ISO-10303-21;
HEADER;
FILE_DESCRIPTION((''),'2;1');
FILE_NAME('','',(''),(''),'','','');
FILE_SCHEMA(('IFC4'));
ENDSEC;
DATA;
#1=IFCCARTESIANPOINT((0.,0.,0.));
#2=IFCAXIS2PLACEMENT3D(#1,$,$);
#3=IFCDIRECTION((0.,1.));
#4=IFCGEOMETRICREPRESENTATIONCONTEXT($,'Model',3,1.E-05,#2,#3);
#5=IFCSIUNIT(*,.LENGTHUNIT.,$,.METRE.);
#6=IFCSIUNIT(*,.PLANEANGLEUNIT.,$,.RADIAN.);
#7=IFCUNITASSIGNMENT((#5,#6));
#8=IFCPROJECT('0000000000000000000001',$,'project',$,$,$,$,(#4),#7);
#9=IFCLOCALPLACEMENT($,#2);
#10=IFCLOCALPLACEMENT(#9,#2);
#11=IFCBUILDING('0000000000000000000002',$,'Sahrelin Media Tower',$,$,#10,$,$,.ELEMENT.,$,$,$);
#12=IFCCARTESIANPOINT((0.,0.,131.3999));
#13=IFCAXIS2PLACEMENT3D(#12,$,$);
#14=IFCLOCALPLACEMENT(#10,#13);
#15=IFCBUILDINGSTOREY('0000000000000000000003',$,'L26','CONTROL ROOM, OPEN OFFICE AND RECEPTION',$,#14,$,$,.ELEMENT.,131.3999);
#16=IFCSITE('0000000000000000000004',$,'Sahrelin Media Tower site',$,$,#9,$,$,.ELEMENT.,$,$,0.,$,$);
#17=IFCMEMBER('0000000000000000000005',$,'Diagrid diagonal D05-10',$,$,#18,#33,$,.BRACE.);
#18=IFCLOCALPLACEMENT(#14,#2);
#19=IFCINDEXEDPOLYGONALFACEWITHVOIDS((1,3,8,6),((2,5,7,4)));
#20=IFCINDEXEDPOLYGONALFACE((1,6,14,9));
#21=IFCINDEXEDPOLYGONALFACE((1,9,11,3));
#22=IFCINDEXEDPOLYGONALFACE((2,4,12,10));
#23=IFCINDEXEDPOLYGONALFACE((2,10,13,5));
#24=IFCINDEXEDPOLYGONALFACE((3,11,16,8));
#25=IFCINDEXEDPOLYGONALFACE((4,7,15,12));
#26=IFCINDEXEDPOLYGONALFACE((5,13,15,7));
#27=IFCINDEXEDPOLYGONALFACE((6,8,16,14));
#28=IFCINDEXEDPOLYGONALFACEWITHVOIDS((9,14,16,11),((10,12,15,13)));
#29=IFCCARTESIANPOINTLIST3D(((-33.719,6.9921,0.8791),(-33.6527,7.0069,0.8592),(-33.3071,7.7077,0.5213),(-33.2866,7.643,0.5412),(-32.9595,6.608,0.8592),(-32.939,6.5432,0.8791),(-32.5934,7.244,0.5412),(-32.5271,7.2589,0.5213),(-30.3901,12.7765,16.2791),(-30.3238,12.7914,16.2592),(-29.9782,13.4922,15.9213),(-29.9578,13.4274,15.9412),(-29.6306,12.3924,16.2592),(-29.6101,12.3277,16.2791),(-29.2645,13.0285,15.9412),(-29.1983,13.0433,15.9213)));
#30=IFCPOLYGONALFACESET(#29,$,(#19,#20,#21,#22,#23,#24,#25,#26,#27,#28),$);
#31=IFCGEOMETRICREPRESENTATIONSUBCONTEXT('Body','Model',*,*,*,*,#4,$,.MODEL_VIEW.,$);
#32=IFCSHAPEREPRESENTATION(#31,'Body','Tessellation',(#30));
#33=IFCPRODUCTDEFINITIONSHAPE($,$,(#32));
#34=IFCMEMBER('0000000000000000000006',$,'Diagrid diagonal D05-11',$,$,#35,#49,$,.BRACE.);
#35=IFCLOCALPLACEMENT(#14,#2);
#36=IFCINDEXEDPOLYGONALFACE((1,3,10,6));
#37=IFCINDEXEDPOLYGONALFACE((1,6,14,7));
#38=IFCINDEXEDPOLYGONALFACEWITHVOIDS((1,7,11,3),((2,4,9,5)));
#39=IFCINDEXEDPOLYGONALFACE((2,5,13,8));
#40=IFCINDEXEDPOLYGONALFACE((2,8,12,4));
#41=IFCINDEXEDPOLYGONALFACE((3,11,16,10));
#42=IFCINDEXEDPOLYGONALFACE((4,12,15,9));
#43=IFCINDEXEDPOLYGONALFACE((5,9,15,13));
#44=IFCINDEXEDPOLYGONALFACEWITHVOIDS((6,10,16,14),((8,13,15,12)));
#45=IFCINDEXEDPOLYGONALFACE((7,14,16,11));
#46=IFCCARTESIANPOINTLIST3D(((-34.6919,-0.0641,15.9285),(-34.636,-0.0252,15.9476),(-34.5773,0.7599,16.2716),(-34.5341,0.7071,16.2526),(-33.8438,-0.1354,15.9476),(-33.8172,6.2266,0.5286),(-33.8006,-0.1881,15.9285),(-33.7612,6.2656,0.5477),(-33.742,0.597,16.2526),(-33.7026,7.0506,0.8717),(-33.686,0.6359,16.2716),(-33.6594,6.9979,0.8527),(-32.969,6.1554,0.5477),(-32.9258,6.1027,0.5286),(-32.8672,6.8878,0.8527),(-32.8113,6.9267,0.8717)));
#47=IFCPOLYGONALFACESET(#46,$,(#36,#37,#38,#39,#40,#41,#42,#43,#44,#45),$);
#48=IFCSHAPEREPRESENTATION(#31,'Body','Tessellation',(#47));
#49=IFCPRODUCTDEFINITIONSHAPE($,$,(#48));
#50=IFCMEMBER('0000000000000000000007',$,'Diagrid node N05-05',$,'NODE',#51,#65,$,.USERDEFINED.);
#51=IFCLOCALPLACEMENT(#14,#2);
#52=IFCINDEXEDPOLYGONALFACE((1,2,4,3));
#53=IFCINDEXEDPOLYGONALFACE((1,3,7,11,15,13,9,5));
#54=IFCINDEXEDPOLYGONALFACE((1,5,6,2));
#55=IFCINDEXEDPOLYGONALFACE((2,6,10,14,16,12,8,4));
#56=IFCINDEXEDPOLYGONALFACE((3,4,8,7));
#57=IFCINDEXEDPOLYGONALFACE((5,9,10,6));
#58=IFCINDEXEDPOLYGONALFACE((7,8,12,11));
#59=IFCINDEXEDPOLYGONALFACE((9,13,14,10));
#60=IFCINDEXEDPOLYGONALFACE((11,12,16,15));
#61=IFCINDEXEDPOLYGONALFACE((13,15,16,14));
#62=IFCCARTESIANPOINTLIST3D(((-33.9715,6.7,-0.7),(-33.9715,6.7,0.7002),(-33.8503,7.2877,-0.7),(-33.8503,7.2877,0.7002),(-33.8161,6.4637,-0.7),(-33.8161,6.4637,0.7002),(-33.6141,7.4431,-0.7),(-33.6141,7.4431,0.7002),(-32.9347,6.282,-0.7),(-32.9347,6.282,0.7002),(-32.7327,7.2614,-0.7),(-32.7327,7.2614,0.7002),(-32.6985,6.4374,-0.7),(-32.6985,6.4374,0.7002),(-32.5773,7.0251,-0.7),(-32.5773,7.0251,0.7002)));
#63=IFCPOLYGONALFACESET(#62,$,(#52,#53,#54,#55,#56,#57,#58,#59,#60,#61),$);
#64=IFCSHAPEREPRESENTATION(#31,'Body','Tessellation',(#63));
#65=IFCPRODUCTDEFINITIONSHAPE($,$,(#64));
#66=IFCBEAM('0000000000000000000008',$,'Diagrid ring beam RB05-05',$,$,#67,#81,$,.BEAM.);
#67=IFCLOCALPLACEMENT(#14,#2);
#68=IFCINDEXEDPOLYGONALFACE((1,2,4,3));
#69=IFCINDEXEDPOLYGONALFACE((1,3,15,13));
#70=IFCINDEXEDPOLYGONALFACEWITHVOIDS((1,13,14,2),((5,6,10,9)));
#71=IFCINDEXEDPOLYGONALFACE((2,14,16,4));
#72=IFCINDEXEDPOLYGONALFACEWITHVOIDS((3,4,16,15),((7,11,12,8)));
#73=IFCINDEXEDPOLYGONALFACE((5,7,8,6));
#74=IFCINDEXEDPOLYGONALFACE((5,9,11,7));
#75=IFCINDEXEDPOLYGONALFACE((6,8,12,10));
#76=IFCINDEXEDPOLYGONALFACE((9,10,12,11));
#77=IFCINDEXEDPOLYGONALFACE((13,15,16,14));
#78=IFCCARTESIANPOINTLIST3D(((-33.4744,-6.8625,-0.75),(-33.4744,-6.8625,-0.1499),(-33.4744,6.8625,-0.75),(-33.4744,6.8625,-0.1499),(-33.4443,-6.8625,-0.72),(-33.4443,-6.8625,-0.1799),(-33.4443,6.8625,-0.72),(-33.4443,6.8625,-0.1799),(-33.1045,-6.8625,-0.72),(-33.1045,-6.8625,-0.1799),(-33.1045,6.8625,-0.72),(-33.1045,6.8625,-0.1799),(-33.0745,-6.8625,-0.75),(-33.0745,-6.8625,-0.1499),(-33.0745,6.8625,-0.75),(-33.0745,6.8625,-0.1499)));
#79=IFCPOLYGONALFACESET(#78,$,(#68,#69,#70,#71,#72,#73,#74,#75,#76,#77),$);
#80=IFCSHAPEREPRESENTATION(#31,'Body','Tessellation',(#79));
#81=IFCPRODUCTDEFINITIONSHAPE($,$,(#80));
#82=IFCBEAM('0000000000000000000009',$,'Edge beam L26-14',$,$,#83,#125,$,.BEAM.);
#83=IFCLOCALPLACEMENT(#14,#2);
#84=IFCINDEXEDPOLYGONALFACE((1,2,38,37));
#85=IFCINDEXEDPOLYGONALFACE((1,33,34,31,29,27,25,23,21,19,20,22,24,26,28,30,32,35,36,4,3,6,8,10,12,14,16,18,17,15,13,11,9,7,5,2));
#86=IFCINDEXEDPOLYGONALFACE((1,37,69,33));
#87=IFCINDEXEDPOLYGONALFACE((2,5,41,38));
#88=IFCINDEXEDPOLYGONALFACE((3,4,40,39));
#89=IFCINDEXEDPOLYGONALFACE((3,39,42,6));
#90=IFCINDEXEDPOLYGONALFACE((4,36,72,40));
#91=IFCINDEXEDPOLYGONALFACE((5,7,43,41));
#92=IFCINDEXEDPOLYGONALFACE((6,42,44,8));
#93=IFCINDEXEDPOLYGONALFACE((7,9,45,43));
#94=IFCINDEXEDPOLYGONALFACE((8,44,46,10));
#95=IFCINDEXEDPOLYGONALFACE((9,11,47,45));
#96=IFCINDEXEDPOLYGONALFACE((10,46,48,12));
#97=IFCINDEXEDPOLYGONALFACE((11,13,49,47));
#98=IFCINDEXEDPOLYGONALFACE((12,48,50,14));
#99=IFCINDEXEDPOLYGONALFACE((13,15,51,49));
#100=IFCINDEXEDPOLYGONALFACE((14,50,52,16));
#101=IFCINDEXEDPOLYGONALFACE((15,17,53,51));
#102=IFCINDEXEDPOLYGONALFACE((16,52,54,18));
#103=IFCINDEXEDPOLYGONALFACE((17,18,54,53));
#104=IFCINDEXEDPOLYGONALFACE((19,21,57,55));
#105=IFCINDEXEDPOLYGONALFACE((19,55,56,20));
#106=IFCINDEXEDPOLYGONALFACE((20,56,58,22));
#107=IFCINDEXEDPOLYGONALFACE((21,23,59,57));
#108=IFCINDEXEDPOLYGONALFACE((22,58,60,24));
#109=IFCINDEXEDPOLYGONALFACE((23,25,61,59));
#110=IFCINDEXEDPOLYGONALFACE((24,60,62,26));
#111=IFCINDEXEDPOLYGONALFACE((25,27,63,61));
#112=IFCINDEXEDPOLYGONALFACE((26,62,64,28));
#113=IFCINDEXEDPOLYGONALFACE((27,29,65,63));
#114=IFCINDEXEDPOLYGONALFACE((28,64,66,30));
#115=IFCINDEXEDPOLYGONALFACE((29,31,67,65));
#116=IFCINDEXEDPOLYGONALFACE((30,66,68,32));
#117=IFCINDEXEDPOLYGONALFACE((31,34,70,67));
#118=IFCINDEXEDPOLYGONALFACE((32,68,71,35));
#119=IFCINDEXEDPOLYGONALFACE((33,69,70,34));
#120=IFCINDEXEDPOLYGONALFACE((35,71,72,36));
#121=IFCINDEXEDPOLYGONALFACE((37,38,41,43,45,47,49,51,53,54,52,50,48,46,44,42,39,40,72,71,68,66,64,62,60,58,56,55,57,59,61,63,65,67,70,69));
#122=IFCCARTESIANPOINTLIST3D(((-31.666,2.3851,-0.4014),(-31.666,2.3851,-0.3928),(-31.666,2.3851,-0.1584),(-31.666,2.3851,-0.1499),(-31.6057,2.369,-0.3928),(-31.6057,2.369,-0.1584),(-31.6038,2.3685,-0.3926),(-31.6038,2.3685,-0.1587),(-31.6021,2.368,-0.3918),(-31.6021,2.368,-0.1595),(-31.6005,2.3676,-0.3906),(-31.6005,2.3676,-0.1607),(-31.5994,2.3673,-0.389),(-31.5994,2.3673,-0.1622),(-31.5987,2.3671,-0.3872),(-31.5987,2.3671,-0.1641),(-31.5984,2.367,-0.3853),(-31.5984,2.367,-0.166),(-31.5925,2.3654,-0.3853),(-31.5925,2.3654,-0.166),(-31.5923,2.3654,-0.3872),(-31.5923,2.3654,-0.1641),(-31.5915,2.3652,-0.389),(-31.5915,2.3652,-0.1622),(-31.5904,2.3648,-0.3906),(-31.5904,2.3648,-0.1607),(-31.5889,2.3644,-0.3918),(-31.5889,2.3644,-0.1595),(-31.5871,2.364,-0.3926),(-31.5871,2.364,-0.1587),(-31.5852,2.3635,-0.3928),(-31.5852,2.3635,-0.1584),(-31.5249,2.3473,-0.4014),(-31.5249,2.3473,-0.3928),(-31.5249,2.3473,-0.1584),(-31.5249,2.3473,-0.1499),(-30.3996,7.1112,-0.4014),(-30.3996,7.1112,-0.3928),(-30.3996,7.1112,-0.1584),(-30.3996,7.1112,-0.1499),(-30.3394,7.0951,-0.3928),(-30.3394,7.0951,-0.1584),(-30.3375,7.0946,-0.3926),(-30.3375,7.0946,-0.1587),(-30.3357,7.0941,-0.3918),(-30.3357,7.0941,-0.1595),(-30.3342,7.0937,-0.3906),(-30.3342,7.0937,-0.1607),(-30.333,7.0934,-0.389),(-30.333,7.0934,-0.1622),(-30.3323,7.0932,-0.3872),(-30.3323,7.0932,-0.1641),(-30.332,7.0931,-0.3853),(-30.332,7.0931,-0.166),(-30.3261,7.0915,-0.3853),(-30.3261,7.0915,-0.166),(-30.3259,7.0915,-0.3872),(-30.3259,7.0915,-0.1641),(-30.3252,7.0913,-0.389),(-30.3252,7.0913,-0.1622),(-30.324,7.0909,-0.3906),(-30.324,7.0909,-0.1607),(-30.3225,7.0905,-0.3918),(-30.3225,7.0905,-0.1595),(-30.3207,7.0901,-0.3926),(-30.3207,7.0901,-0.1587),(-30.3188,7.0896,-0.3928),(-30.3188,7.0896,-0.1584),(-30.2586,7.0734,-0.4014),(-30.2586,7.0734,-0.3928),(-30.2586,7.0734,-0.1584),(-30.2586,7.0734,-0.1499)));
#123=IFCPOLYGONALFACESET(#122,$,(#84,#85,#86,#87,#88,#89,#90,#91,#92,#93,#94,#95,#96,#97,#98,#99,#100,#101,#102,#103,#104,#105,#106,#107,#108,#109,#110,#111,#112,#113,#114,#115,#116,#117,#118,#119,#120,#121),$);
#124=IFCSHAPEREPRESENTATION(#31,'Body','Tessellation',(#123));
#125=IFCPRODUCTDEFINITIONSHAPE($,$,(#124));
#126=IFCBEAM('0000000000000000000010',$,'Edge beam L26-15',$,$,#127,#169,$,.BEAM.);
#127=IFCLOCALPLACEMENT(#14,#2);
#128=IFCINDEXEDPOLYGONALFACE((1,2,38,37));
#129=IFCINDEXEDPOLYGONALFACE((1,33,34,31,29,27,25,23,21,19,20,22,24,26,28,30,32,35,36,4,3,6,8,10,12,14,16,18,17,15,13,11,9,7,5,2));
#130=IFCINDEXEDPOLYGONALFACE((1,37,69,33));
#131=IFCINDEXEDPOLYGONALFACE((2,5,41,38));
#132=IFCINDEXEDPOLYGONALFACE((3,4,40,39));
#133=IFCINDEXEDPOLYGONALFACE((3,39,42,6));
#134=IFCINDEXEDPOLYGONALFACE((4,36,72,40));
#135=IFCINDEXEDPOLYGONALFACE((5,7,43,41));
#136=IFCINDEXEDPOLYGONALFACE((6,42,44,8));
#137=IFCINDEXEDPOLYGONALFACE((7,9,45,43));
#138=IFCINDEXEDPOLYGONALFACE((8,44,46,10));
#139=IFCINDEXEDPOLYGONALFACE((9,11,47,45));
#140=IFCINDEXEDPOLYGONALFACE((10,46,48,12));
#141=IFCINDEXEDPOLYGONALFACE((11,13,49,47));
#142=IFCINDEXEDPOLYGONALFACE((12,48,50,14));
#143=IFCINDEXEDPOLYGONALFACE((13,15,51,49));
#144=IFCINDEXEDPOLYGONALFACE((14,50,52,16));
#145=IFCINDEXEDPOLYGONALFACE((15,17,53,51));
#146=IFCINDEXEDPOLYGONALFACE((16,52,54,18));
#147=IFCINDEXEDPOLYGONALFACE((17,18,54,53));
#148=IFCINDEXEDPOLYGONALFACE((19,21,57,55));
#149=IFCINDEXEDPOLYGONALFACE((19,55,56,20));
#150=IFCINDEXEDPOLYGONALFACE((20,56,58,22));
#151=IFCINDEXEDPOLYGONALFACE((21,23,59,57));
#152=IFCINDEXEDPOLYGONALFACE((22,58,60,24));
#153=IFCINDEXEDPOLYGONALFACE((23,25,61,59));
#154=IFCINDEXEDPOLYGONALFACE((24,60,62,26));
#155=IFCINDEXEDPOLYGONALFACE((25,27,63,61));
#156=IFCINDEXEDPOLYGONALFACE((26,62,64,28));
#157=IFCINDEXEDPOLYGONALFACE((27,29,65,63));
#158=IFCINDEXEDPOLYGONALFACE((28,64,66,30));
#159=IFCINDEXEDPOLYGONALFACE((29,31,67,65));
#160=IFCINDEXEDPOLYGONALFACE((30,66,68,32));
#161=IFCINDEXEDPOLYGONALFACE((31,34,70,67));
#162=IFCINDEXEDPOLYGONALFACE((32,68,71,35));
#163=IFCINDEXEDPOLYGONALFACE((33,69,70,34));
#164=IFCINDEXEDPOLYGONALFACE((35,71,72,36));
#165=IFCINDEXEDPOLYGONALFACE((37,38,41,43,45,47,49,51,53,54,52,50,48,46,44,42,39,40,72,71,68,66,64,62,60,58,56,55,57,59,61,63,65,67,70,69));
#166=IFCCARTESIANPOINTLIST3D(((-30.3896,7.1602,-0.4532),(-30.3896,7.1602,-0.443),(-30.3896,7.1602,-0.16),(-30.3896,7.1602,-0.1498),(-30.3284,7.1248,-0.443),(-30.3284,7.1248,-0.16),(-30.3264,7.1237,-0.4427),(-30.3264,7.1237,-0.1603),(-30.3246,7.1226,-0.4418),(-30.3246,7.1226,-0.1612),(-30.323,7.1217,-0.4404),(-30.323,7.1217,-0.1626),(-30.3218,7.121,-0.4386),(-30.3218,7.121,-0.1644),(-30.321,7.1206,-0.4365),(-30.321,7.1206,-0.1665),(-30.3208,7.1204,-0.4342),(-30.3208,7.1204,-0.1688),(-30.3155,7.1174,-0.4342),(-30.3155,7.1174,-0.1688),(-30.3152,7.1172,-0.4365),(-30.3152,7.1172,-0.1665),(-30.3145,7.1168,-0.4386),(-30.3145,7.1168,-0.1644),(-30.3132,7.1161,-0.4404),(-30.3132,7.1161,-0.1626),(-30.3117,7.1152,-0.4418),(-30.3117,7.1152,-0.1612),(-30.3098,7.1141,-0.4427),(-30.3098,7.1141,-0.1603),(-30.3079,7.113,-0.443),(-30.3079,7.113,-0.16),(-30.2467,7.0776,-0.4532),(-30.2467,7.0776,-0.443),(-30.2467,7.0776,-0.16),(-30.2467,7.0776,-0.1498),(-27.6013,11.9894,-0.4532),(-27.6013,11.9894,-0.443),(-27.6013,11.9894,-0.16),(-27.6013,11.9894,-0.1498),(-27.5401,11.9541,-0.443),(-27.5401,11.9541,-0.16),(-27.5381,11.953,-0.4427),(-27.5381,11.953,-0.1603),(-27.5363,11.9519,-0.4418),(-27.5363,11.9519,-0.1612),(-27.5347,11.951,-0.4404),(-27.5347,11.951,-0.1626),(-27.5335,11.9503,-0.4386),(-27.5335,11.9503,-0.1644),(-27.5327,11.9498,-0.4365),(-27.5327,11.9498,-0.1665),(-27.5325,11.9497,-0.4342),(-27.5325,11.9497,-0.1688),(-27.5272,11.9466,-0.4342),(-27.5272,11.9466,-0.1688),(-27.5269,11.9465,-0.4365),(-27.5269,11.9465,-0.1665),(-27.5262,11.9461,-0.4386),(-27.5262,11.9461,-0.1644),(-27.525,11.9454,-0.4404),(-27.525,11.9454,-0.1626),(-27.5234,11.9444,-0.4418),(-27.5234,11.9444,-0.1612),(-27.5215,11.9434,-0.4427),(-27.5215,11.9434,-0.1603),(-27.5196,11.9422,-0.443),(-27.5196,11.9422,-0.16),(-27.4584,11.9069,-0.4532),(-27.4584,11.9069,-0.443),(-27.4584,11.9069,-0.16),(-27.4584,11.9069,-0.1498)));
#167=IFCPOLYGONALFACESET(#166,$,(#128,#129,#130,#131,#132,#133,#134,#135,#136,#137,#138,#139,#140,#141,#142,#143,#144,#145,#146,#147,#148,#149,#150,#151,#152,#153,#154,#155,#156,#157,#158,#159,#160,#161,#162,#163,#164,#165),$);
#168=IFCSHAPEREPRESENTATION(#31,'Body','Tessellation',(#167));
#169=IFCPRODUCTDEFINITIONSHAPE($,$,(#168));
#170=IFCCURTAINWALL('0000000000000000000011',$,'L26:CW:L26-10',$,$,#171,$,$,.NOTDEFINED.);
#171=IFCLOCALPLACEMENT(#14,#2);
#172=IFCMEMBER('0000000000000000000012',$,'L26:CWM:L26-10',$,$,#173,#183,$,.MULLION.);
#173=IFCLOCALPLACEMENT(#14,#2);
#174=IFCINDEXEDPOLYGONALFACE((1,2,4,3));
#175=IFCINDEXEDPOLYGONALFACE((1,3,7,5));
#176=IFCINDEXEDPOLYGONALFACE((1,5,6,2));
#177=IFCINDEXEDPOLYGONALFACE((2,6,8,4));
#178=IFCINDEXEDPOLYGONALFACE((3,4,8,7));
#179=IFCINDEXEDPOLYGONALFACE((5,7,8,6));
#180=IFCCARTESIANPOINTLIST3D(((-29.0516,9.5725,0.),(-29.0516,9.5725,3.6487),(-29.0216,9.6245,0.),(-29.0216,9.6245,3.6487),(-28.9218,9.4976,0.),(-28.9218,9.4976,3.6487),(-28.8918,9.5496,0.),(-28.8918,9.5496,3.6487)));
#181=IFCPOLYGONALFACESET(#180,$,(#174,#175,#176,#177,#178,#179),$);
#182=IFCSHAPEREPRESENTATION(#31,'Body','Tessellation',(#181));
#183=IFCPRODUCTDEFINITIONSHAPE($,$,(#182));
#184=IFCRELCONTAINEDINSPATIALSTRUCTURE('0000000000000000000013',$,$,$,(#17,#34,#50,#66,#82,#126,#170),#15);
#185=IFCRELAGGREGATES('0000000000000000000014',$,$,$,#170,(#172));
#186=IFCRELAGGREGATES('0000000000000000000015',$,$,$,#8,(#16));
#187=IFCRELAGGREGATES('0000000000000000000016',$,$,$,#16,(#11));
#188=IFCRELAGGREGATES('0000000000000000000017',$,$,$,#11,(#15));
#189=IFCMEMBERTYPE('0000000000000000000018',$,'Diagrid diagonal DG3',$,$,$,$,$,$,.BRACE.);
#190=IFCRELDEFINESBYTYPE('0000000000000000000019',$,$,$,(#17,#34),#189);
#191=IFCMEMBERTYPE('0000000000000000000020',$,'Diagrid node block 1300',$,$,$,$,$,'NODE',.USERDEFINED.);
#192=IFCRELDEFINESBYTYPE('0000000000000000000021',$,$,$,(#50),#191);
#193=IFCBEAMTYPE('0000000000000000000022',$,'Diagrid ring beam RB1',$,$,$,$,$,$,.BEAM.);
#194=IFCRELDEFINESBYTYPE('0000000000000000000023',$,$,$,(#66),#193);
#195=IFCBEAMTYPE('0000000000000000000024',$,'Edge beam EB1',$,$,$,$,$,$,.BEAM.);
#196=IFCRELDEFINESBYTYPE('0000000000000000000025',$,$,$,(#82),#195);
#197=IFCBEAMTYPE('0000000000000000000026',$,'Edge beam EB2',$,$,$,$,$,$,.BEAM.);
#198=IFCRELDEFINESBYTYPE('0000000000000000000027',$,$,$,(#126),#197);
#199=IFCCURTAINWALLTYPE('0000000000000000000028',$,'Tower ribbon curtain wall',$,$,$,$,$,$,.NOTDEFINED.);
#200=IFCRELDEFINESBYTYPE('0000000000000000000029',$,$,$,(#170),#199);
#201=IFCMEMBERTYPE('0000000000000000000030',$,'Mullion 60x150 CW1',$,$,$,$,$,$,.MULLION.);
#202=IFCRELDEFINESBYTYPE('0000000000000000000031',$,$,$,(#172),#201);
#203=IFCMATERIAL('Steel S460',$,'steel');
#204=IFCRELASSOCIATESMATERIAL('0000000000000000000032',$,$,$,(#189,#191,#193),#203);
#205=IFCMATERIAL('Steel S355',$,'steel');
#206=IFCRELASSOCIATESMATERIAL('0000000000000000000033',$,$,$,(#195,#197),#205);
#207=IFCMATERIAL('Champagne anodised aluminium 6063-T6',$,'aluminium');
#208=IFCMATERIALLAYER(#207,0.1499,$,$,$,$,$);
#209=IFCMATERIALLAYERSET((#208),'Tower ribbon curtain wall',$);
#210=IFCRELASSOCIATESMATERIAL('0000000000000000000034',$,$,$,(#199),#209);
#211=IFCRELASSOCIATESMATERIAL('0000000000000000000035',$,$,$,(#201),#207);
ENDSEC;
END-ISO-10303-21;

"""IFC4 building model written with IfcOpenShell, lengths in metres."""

from ifc_helpers import new_model, si_unit, direction, frame, origin, origin_2d, place, context, subcontext, project, spatial, polyline, rectangle, hollow_rectangle, i_section, outline, extrude, material, layer, layer_set, material_profile, profile_set, type_object, element, aggregate, save


model = new_model("IFC4")

# Units and contexts
model_context = context("Model", 3, precision=1e-05, world=origin(), true_north=direction((0.0, 1.0)))
body_context = subcontext(model_context, "Body", "Model", "MODEL_VIEW")
ifc_project = project(units=[si_unit("LENGTHUNIT", "METRE"), si_unit("PLANEANGLEUNIT", "RADIAN")], contexts=[model_context])

# Site, building, storey
site_placement = place(None, origin())
site = spatial("IfcSite", under=ifc_project, at=site_placement, Name="Sahrelin Media Tower site", CompositionType="ELEMENT", RefElevation=0.0)
building_placement = place(site_placement, origin())
building = spatial("IfcBuilding", under=site, at=building_placement, Name="Sahrelin Media Tower", CompositionType="ELEMENT")
storey_placement = place(building_placement, frame((0.0, 0.0, 131.3999)))
storey = spatial("IfcBuildingStorey", under=building, at=storey_placement, Name="L26", Description="CONTROL ROOM, OPEN OFFICE AND RECEPTION", CompositionType="ELEMENT", Elevation=131.3999)

# Members
ifc_material_1 = material(Name="Steel S460", Category="steel")
ifc_material_profile_1 = material_profile(ifc_material_1, hollow_rectangle(XDim=0.8999, YDim=0.8999, WallThickness=0.05, at=origin_2d()), Name="Diagrid diagonal DG3")
ifc_profile_set_1 = profile_set([ifc_material_profile_1], Name="Steel S460")
member_type_1 = type_object("IfcMemberType", Name="Diagrid diagonal DG3", PredefinedType="BRACE", material=ifc_profile_set_1)
member_1_placement = place(storey_placement, frame((-33.123, 7.1255, 0.7002), z_axis=(0.198337, 0.344642, 0.917543), x_axis=(-0.866724, 0.498788, 0.0)))
element("IfcMember", 1, at=member_1_placement, inside=storey, type_object=member_type_1, Name="Diagrid diagonal D05-10", PredefinedType="BRACE", context=body_context, shape_type="SweptSolid", body=[
    extrude(hollow_rectangle(XDim=0.8999, YDim=0.8999, WallThickness=0.05, at=origin_2d()), origin(), (0.0, 0.0, 1.0), 16.7839),
])
member_2_placement = place(storey_placement, frame((-33.3142, 6.5767, 0.7002), z_axis=(-0.052512, -0.377638, 0.924463), x_axis=(0.99047, -0.137729, 0.0)))
element("IfcMember", 2, at=member_2_placement, inside=storey, type_object=member_type_1, Name="Diagrid diagonal D05-11", PredefinedType="BRACE", context=body_context, shape_type="SweptSolid", body=[
    extrude(hollow_rectangle(XDim=0.8999, YDim=0.8999, WallThickness=0.05, at=origin_2d()), origin(), (0.0, 0.0, 1.0), 16.6582),
])
ifc_material_profile_2 = material_profile(ifc_material_1, outline(polyline([(0.45, -0.5), (0.6499, -0.3), (0.6499, 0.3), (0.45, 0.5), (-0.45, 0.5), (-0.6499, 0.3), (-0.6499, -0.3), (-0.45, -0.5), (0.45, -0.5)])), Name="Diagrid node block 1300")
ifc_profile_set_2 = profile_set([ifc_material_profile_2], Name="Steel S460")
member_type_2 = type_object("IfcMemberType", Name="Diagrid node block 1300", ElementType="NODE", PredefinedType="USERDEFINED", material=ifc_profile_set_2)
member_3_placement = place(storey_placement, frame((-33.2744, 6.8625, -0.7), z_axis=(0.0, 0.0, 1.0), x_axis=(-0.979388, 0.201989, 0.0)))
element("IfcMember", 3, at=member_3_placement, inside=storey, type_object=member_type_2, Name="Diagrid node N05-05", ObjectType="NODE", PredefinedType="USERDEFINED", context=body_context, shape_type="SweptSolid", body=[
    extrude(outline(polyline([(0.45, -0.5), (0.6499, -0.3), (0.6499, 0.3), (0.45, 0.5), (-0.45, 0.5), (-0.6499, 0.3), (-0.6499, -0.3), (-0.45, -0.5), (0.45, -0.5)])), origin(), (0.0, 0.0, 1.0), 1.4001),
])

# Beams
ifc_material_profile_3 = material_profile(ifc_material_1, hollow_rectangle(XDim=0.3999, YDim=0.6001, WallThickness=0.03, at=origin_2d()), Name="Diagrid ring beam RB1")
ifc_profile_set_3 = profile_set([ifc_material_profile_3], Name="Steel S460")
beam_type_1 = type_object("IfcBeamType", Name="Diagrid ring beam RB1", PredefinedType="BEAM", material=ifc_profile_set_3)
beam_1_placement = place(storey_placement, frame((-33.2744, 6.8625, -0.45), z_axis=(0.0, -1.0, 0.0), x_axis=(1.0, 0.0, 0.0)))
element("IfcBeam", 4, at=beam_1_placement, inside=storey, type_object=beam_type_1, Name="Diagrid ring beam RB05-05", PredefinedType="BEAM", context=body_context, shape_type="SweptSolid", body=[
    extrude(hollow_rectangle(XDim=0.3999, YDim=0.6001, WallThickness=0.03, at=origin_2d()), origin(), (0.0, 0.0, 1.0), 13.7251),
])
ifc_material_2 = material(Name="Steel S355", Category="steel")
ifc_material_profile_4 = material_profile(ifc_material_2, i_section(OverallWidth=0.146, OverallDepth=0.2515, WebThickness=0.0061, FlangeThickness=0.0085, FilletRadius=0.0076, at=origin_2d()), Name="UB 254x146x31")
ifc_profile_set_4 = profile_set([ifc_material_profile_4], Name="Steel S355")
beam_type_2 = type_object("IfcBeamType", Name="Edge beam EB1", PredefinedType="BEAM", material=ifc_profile_set_4)
beam_2_placement = place(storey_placement, frame((-31.5955, 2.3662, -0.2756), z_axis=(0.258821, 0.965925, 0.0), x_axis=(-0.965925, 0.258821, 0.0)))
element("IfcBeam", 5, at=beam_2_placement, inside=storey, type_object=beam_type_2, Name="Edge beam L26-14", PredefinedType="BEAM", context=body_context, shape_type="SweptSolid", body=[
    extrude(i_section(OverallWidth=0.146, OverallDepth=0.2515, WebThickness=0.0061, FlangeThickness=0.0085, FilletRadius=0.0076, at=origin_2d()), origin(), (0.0, 0.0, 1.0), 4.8928),
])
ifc_material_profile_5 = material_profile(ifc_material_2, i_section(OverallWidth=0.165, OverallDepth=0.3035, WebThickness=0.0061, FlangeThickness=0.0103, FilletRadius=0.0088, at=origin_2d()), Name="UB 305x165x40")
ifc_profile_set_5 = profile_set([ifc_material_profile_5], Name="Steel S355")
beam_type_3 = type_object("IfcBeamType", Name="Edge beam EB2", PredefinedType="BEAM", material=ifc_profile_set_5)
beam_3_placement = place(storey_placement, frame((-30.3181, 7.1189, -0.3015), z_axis=(0.500014, 0.866017, 0.0), x_axis=(-0.866017, 0.500014, 0.0)))
element("IfcBeam", 6, at=beam_3_placement, inside=storey, type_object=beam_type_3, Name="Edge beam L26-15", PredefinedType="BEAM", context=body_context, shape_type="SweptSolid", body=[
    extrude(i_section(OverallWidth=0.165, OverallDepth=0.3035, WebThickness=0.0061, FlangeThickness=0.0103, FilletRadius=0.0088, at=origin_2d()), origin(), (0.0, 0.0, 1.0), 5.5764),
])

# Curtain wall, member
ifc_material_3 = material(Name="Champagne anodised aluminium 6063-T6", Category="aluminium")
ifc_layer_1 = layer(ifc_material_3, 0.1499)
ifc_layer_set_1 = layer_set([ifc_layer_1], Name="Tower ribbon curtain wall")
curtain_wall_type = type_object("IfcCurtainWallType", Name="Tower ribbon curtain wall", PredefinedType="NOTDEFINED", material=ifc_layer_set_1)
curtain_wall_1_placement = place(storey_placement, frame((-29.054, 9.6086, 0.0), z_axis=(0.0, 0.0, 1.0), x_axis=(1.0, 0.0, 0.0)))
curtain_wall_1 = element("IfcCurtainWall", 7, at=curtain_wall_1_placement, inside=storey, type_object=curtain_wall_type, Name="L26:CW:L26-10", PredefinedType="NOTDEFINED")
ifc_material_profile_6 = material_profile(ifc_material_3, rectangle(XDim=0.0601, YDim=0.1499, at=origin_2d()), Name="Mullion 60x150")
ifc_profile_set_6 = profile_set([ifc_material_profile_6], Name="Champagne anodised aluminium 6063-T6")
member_type_3 = type_object("IfcMemberType", Name="Mullion 60x150 CW1", PredefinedType="MULLION", material=ifc_profile_set_6)
member_4_placement = place(storey_placement, frame((-28.9717, 9.561, 0.0), z_axis=(0.0, 0.0, 1.0), x_axis=(-0.500006, -0.866022, 0.0)))
member_4 = element("IfcMember", 8, at=member_4_placement, type_object=member_type_3, Name="L26:CWM:L26-10", PredefinedType="MULLION", context=body_context, shape_type="SweptSolid", body=[
    extrude(rectangle(XDim=0.0601, YDim=0.1499, at=origin_2d()), origin(), (0.0, 0.0, 1.0), 3.6487),
])
aggregate(curtain_wall_1, [member_4])

save(model, "model.ifc")
